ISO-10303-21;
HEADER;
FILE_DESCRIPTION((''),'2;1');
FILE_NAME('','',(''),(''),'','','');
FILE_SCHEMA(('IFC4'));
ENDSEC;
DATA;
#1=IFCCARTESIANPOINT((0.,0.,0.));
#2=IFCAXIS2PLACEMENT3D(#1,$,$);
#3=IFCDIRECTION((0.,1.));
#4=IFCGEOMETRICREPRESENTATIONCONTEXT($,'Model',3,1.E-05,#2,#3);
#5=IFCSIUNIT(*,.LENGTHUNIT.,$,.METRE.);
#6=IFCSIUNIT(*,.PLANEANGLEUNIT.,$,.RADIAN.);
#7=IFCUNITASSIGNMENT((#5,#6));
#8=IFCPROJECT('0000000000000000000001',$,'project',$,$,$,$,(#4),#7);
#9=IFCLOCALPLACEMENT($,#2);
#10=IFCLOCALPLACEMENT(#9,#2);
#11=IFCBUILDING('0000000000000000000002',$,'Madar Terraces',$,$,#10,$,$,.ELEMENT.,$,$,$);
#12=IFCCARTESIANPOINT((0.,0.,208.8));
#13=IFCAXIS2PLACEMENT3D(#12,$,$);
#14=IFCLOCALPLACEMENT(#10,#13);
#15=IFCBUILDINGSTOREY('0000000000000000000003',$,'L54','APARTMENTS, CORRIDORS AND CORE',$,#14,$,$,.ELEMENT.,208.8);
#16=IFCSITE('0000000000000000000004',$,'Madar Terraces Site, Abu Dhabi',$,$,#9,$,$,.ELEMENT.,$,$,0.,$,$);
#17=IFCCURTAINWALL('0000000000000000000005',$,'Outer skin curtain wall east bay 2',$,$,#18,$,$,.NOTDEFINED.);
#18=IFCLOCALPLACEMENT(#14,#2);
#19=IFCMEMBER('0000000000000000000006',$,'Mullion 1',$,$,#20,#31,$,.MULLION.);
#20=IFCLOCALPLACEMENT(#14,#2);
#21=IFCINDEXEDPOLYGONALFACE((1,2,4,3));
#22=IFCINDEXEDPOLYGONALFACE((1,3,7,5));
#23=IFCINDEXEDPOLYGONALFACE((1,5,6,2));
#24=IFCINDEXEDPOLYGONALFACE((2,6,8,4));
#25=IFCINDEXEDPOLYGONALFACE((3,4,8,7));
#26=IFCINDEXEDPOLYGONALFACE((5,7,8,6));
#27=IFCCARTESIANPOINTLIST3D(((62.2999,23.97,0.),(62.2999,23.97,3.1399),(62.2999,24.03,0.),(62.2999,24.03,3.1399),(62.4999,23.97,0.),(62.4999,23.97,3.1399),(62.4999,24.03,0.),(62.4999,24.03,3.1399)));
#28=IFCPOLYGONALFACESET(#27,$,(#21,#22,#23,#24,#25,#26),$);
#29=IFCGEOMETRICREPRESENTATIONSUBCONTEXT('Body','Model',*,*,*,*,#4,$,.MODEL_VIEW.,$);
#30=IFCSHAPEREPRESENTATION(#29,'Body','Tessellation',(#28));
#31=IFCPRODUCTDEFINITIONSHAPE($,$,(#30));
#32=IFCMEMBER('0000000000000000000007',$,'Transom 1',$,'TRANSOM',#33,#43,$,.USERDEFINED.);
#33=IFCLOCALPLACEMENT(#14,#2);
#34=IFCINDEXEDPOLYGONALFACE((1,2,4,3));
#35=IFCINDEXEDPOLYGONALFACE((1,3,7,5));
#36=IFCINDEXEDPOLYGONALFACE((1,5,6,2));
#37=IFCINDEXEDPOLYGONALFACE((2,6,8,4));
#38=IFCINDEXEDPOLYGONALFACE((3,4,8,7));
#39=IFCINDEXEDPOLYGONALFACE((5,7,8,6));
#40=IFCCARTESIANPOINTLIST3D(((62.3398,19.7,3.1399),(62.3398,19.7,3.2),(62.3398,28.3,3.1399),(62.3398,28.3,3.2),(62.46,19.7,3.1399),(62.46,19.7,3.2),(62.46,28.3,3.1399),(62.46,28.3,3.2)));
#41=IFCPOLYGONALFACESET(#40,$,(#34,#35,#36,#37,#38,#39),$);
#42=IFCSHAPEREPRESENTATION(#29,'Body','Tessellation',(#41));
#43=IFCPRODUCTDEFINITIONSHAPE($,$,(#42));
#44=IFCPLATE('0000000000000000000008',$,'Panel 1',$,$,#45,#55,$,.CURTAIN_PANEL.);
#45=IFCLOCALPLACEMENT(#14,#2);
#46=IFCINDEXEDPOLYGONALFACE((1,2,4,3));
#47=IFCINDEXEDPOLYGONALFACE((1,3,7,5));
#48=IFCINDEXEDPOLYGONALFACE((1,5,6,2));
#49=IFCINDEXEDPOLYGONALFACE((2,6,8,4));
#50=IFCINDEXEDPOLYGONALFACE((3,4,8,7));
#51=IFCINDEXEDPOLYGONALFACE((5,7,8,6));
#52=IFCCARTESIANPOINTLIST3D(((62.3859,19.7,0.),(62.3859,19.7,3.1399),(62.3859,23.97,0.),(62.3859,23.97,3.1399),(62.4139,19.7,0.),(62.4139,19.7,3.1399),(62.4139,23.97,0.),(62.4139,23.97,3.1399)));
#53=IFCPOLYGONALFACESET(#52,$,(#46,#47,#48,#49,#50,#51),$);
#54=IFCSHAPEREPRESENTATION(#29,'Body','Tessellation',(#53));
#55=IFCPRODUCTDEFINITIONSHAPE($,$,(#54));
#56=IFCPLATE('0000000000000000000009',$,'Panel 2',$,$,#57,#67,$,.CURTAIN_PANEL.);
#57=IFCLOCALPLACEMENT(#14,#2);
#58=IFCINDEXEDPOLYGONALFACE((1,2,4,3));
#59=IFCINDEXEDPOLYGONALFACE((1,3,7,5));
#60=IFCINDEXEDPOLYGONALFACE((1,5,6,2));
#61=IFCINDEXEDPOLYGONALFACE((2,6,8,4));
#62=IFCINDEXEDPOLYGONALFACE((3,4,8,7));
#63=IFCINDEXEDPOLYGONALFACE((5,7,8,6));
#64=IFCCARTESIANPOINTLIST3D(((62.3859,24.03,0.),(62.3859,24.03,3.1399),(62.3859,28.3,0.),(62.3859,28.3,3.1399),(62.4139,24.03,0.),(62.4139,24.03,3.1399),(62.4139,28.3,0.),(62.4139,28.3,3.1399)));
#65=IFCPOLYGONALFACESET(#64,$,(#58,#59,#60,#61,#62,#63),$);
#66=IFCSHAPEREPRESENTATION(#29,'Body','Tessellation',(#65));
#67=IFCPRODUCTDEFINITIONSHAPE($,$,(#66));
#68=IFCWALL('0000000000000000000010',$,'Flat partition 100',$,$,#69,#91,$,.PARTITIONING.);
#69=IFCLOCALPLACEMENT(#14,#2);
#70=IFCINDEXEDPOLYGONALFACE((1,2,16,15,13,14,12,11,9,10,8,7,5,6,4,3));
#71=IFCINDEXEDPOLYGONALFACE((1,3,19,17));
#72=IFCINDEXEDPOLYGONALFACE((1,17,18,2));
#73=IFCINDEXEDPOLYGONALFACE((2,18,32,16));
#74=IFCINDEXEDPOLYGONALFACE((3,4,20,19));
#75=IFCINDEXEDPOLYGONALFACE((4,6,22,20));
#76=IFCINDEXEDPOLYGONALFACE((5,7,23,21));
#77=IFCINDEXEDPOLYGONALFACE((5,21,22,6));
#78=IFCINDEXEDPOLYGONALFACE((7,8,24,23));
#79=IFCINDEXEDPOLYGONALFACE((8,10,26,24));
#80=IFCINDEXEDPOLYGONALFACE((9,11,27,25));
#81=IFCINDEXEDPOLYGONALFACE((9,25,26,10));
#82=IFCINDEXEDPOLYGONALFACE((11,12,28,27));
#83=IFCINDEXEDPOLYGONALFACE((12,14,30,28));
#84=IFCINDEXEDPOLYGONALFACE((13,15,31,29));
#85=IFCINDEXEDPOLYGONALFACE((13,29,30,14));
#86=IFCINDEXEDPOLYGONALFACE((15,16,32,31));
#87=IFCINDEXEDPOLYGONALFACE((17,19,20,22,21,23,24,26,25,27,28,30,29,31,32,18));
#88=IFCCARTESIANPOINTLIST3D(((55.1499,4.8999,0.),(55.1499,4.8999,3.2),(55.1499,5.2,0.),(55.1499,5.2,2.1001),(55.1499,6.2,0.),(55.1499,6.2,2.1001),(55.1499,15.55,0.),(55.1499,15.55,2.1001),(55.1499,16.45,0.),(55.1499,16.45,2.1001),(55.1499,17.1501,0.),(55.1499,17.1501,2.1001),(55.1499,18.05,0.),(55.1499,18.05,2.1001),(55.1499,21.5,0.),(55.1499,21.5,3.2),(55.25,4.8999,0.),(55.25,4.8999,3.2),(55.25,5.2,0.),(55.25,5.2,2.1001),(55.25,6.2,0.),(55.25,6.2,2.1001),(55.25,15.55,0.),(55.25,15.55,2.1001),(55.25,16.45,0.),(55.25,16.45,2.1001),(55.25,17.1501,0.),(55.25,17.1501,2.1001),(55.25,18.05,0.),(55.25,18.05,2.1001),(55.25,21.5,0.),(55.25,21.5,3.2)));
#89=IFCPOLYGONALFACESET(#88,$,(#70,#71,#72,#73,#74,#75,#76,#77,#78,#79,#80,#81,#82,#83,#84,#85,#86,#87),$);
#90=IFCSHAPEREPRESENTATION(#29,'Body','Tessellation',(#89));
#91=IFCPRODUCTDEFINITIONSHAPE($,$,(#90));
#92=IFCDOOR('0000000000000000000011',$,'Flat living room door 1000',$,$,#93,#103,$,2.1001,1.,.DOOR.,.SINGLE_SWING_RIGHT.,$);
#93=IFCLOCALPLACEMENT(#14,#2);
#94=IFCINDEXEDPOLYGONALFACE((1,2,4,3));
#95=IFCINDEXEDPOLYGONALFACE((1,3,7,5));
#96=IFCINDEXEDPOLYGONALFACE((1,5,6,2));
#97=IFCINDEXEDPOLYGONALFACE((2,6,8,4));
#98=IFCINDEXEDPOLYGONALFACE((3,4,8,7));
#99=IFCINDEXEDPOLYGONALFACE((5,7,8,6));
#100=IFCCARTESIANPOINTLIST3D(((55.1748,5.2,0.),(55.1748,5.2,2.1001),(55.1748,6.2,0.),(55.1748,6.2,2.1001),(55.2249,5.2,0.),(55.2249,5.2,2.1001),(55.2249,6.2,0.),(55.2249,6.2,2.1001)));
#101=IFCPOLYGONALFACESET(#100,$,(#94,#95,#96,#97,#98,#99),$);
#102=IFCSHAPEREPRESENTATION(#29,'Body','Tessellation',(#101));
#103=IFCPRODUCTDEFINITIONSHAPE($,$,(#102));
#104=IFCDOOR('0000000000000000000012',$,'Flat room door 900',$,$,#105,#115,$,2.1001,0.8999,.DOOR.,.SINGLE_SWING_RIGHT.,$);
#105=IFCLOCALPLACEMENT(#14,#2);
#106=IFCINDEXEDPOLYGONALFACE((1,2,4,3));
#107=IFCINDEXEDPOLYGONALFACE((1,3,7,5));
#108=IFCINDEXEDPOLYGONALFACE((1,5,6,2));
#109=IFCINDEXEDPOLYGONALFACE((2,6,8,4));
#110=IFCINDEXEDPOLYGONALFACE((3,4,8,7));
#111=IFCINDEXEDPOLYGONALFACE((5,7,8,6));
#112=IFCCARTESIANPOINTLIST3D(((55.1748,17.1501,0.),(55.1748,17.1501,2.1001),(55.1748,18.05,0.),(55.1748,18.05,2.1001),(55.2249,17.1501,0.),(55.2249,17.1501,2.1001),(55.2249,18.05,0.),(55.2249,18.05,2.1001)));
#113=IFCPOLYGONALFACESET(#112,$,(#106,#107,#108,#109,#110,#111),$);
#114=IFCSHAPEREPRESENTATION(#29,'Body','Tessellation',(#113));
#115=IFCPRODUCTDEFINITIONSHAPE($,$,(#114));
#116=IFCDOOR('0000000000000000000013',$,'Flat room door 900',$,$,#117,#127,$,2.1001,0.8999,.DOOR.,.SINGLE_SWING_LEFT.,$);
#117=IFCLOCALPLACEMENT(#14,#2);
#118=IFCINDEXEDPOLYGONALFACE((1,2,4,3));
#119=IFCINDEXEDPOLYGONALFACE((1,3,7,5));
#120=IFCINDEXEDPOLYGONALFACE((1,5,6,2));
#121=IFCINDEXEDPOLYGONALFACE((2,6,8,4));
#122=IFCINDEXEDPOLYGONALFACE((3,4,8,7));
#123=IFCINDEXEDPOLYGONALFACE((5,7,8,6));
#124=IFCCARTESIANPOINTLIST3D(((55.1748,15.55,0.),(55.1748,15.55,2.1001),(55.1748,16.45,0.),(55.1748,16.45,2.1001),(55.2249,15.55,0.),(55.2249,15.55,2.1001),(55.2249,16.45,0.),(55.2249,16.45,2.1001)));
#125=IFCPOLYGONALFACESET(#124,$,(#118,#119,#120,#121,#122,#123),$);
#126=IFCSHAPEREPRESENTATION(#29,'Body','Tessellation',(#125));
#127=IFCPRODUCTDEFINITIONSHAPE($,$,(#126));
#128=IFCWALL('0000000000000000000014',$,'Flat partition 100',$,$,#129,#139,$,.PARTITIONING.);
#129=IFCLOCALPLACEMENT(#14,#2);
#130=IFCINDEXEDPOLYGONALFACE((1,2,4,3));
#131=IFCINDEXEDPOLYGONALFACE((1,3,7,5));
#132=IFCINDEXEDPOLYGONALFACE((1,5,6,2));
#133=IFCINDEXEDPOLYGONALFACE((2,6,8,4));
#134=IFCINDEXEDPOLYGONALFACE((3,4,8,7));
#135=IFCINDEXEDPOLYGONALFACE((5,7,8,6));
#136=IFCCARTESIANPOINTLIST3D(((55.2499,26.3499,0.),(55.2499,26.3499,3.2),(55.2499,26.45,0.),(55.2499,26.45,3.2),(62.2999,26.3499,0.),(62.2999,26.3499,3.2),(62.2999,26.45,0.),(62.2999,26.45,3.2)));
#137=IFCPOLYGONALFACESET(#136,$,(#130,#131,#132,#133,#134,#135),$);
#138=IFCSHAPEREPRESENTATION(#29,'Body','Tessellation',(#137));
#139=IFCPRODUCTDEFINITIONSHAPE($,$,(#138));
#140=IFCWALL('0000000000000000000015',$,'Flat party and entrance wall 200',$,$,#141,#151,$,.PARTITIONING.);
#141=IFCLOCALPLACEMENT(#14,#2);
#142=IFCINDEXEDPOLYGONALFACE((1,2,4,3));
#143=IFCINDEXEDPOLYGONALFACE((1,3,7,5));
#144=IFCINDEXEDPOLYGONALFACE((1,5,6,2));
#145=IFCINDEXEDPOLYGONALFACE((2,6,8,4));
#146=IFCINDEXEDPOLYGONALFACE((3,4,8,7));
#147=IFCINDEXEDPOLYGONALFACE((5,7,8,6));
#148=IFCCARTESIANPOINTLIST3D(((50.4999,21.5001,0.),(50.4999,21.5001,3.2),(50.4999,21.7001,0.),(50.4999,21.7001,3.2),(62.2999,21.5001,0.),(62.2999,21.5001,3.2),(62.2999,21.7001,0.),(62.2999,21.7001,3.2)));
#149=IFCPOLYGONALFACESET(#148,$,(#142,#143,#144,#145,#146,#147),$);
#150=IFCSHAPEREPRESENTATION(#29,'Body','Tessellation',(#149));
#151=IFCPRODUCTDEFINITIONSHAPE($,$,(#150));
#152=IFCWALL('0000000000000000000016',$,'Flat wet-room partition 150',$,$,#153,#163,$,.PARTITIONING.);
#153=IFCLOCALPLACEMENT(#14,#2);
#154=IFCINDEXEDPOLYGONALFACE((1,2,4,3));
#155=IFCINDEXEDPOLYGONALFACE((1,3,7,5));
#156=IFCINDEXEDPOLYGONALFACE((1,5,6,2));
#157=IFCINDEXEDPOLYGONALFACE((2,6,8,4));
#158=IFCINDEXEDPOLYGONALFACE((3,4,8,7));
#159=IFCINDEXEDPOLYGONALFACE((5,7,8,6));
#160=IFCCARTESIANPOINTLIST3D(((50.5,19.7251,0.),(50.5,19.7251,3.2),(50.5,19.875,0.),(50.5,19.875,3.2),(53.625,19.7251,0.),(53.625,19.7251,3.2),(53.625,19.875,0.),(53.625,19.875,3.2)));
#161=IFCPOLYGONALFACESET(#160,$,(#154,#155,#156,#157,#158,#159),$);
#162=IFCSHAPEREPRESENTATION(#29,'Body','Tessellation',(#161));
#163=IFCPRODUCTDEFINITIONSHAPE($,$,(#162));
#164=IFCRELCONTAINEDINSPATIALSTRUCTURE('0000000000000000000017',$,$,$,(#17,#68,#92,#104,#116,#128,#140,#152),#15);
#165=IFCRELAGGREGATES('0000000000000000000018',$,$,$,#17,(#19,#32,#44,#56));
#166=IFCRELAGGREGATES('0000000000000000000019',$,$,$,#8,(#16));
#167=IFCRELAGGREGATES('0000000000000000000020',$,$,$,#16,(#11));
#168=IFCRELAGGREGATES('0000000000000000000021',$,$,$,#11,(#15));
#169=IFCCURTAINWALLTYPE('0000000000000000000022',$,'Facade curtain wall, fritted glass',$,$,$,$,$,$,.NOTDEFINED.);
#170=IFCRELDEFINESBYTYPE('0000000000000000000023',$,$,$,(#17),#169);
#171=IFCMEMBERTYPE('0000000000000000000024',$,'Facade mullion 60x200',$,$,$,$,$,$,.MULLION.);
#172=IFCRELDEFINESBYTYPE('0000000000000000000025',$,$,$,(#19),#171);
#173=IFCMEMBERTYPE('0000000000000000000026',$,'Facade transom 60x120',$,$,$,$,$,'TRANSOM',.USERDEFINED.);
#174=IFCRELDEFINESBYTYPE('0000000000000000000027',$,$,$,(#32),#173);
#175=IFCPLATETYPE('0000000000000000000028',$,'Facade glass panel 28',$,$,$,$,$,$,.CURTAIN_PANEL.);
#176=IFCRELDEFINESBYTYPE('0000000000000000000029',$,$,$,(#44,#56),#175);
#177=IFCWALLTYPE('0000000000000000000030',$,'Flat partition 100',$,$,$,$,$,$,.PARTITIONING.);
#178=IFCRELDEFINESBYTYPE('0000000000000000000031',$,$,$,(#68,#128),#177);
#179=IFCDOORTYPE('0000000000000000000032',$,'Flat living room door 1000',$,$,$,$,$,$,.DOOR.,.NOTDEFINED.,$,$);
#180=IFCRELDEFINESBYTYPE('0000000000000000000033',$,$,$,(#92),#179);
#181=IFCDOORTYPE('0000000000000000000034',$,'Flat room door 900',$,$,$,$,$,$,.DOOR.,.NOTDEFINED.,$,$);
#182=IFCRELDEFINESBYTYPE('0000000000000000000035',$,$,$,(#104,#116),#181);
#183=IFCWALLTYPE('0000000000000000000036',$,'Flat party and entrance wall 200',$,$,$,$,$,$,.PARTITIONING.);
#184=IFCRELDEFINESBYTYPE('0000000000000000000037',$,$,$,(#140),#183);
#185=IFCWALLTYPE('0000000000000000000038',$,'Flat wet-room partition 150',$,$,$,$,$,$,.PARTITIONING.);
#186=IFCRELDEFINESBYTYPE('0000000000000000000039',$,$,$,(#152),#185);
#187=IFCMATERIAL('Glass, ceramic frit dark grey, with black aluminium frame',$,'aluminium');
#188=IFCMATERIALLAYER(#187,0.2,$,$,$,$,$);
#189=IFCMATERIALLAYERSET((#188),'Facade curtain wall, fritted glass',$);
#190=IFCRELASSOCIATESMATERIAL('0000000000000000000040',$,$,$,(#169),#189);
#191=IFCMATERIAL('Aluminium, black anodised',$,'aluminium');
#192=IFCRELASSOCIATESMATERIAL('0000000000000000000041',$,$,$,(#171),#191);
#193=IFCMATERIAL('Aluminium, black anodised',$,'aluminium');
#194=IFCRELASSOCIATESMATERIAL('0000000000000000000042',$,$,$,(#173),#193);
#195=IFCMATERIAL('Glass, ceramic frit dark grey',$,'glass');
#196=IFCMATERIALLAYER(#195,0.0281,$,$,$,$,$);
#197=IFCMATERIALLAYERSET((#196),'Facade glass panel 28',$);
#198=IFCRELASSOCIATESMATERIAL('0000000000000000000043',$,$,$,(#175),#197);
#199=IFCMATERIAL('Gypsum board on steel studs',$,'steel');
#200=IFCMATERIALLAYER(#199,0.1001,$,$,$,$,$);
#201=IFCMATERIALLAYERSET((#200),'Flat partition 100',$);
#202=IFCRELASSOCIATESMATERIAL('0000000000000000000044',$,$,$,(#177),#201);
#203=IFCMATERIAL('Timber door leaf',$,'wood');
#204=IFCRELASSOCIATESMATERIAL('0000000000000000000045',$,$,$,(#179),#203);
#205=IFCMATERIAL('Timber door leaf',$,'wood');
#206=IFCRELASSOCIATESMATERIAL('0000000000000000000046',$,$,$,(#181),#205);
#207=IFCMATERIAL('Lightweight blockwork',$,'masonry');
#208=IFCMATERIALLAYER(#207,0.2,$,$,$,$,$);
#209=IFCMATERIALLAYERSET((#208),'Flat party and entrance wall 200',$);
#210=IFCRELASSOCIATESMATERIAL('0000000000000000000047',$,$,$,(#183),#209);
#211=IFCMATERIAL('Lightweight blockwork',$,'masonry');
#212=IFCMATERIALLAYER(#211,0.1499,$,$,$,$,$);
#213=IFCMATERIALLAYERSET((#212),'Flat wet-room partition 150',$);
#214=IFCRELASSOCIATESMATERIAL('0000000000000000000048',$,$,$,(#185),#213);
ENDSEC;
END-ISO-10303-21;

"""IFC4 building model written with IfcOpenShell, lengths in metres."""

from ifc_helpers import new_model, si_unit, direction, frame, frame_2d, origin, origin_2d, place, context, subcontext, project, spatial, rectangle, extrude, material, layer, layer_set, material_profile, profile_set, type_object, element, fill, aggregate, save


model = new_model("IFC4")

# Units and contexts
model_context = context("Model", 3, precision=1e-05, world=origin(), true_north=direction((0.0, 1.0)))
body_context = subcontext(model_context, "Body", "Model", "MODEL_VIEW")
ifc_project = project(units=[si_unit("LENGTHUNIT", "METRE"), si_unit("PLANEANGLEUNIT", "RADIAN")], contexts=[model_context])

# Site, building, storey
site_placement = place(None, origin())
site = spatial("IfcSite", under=ifc_project, at=site_placement, Name="Madar Terraces Site, Abu Dhabi", CompositionType="ELEMENT", RefElevation=0.0)
building_placement = place(site_placement, origin())
building = spatial("IfcBuilding", under=site, at=building_placement, Name="Madar Terraces", CompositionType="ELEMENT")
storey_placement = place(building_placement, frame((0.0, 0.0, 208.8)))
storey = spatial("IfcBuildingStorey", under=building, at=storey_placement, Name="L54", Description="APARTMENTS, CORRIDORS AND CORE", CompositionType="ELEMENT", Elevation=208.8)

# Curtain wall, members, plates
ifc_material_1 = material(Name="Glass, ceramic frit dark grey, with black aluminium frame", Category="aluminium")
ifc_layer_1 = layer(ifc_material_1, 0.2)
ifc_layer_set_1 = layer_set([ifc_layer_1], Name="Facade curtain wall, fritted glass")
curtain_wall_type = type_object("IfcCurtainWallType", Name="Facade curtain wall, fritted glass", PredefinedType="NOTDEFINED", material=ifc_layer_set_1)
curtain_wall_placement = place(storey_placement, origin())
curtain_wall = element("IfcCurtainWall", 1, at=curtain_wall_placement, inside=storey, type_object=curtain_wall_type, Name="Outer skin curtain wall east bay 2", PredefinedType="NOTDEFINED")
ifc_material_2 = material(Name="Aluminium, black anodised", Category="aluminium")
ifc_material_profile_1 = material_profile(ifc_material_2, rectangle(XDim=0.2, YDim=0.0601, at=origin_2d()), Name="Facade mullion 60x200")
ifc_profile_set_1 = profile_set([ifc_material_profile_1], Name="Aluminium, black anodised")
member_type_1 = type_object("IfcMemberType", Name="Facade mullion 60x200", PredefinedType="MULLION", material=ifc_profile_set_1)
member_1_placement = place(storey_placement, frame((62.3999, 24.0, 0.0), z_axis=(0.0, 0.0, 1.0), x_axis=(-1.0, 0.0, 0.0)))
member_1 = element("IfcMember", 2, at=member_1_placement, type_object=member_type_1, Name="Mullion 1", PredefinedType="MULLION", context=body_context, shape_type="SweptSolid", body=[
    extrude(rectangle(XDim=0.2, YDim=0.0601, at=origin_2d()), origin(), (0.0, 0.0, 1.0), 3.1399),
])
ifc_material_3 = material(Name="Aluminium, black anodised", Category="aluminium")
ifc_material_profile_2 = material_profile(ifc_material_3, rectangle(XDim=0.1201, YDim=0.0601, at=origin_2d()), Name="Facade transom 60x120")
ifc_profile_set_2 = profile_set([ifc_material_profile_2], Name="Aluminium, black anodised")
member_type_2 = type_object("IfcMemberType", Name="Facade transom 60x120", ElementType="TRANSOM", PredefinedType="USERDEFINED", material=ifc_profile_set_2)
member_2_placement = place(storey_placement, frame((62.3999, 19.7, 3.1699), z_axis=(0.0, 1.0, 0.0), x_axis=(-1.0, 0.0, 0.0)))
member_2 = element("IfcMember", 3, at=member_2_placement, type_object=member_type_2, Name="Transom 1", ObjectType="TRANSOM", PredefinedType="USERDEFINED", context=body_context, shape_type="SweptSolid", body=[
    extrude(rectangle(XDim=0.1201, YDim=0.0601, at=origin_2d()), origin(), (0.0, 0.0, 1.0), 8.6001),
])
ifc_material_4 = material(Name="Glass, ceramic frit dark grey", Category="glass")
ifc_layer_2 = layer(ifc_material_4, 0.0281)
ifc_layer_set_2 = layer_set([ifc_layer_2], Name="Facade glass panel 28")
plate_type = type_object("IfcPlateType", Name="Facade glass panel 28", PredefinedType="CURTAIN_PANEL", material=ifc_layer_set_2)
plate_1_placement = place(storey_placement, frame((62.3999, 21.835, 0.0), z_axis=(0.0, 0.0, 1.0), x_axis=(0.0, 1.0, 0.0)))
plate_1 = element("IfcPlate", 4, at=plate_1_placement, type_object=plate_type, Name="Panel 1", PredefinedType="CURTAIN_PANEL", context=body_context, shape_type="SweptSolid", body=[
    extrude(rectangle(XDim=4.27, YDim=0.0281, at=origin_2d()), origin(), (0.0, 0.0, 1.0), 3.1399),
])
plate_2_placement = place(storey_placement, frame((62.3999, 26.165, 0.0), z_axis=(0.0, 0.0, 1.0), x_axis=(0.0, 1.0, 0.0)))
plate_2 = element("IfcPlate", 5, at=plate_2_placement, type_object=plate_type, Name="Panel 2", PredefinedType="CURTAIN_PANEL", context=body_context, shape_type="SweptSolid", body=[
    extrude(rectangle(XDim=4.27, YDim=0.0281, at=origin_2d()), origin(), (0.0, 0.0, 1.0), 3.1399),
])
aggregate(curtain_wall, [member_1, member_2, plate_1, plate_2])

# Wall, openings, doors
ifc_material_5 = material(Name="Gypsum board on steel studs", Category="steel")
ifc_layer_3 = layer(ifc_material_5, 0.1001)
ifc_layer_set_3 = layer_set([ifc_layer_3], Name="Flat partition 100")
wall_type_1 = type_object("IfcWallType", Name="Flat partition 100", PredefinedType="PARTITIONING", material=ifc_layer_set_3)
wall_1_placement = place(storey_placement, frame((55.2, 21.5, 0.0), z_axis=(0.0, 0.0, 1.0), x_axis=(0.0, -1.0, 0.0)))
wall_1 = element("IfcWall", 6, at=wall_1_placement, inside=storey, type_object=wall_type_1, Name="Flat partition 100", PredefinedType="PARTITIONING", context=body_context, shape_type="SweptSolid", body=[
    extrude(rectangle(XDim=16.6001, YDim=0.1001, at=frame_2d((8.3, 0.0))), origin(), (0.0, 0.0, 1.0), 3.2),
])
opening_1_placement = place(wall_1_placement, frame((3.45, 0.0, 0.0)))
opening_1 = element("IfcOpeningElement", 7, at=opening_1_placement, cuts=wall_1, PredefinedType="OPENING", context=body_context, shape_type="SweptSolid", body=[
    extrude(rectangle(XDim=0.8999, YDim=2.1001, at=frame_2d((0.45, 1.05))), frame((0.0, 0.0601, 0.0), z_axis=(0.0, -1.0, 0.0), x_axis=(1.0, 0.0, 0.0)), (0.0, 0.0, 1.0), 0.1201),
])
opening_2_placement = place(wall_1_placement, frame((5.05, 0.0, 0.0)))
opening_2 = element("IfcOpeningElement", 8, at=opening_2_placement, cuts=wall_1, PredefinedType="OPENING", context=body_context, shape_type="SweptSolid", body=[
    extrude(rectangle(XDim=0.8999, YDim=2.1001, at=frame_2d((0.45, 1.05))), frame((0.0, 0.0601, 0.0), z_axis=(0.0, -1.0, 0.0), x_axis=(1.0, 0.0, 0.0)), (0.0, 0.0, 1.0), 0.1201),
])
opening_3_placement = place(wall_1_placement, frame((15.3, 0.0, 0.0)))
opening_3 = element("IfcOpeningElement", 9, at=opening_3_placement, cuts=wall_1, PredefinedType="OPENING", context=body_context, shape_type="SweptSolid", body=[
    extrude(rectangle(XDim=1.0, YDim=2.1001, at=frame_2d((0.5, 1.05))), frame((0.0, 0.0601, 0.0), z_axis=(0.0, -1.0, 0.0), x_axis=(1.0, 0.0, 0.0)), (0.0, 0.0, 1.0), 0.1201),
])
ifc_material_6 = material(Name="Timber door leaf", Category="wood")
door_type_1 = type_object("IfcDoorType", Name="Flat living room door 1000", OperationType="NOTDEFINED", PredefinedType="DOOR", material=ifc_material_6)
door_1_placement = place(opening_3_placement, origin())
door_1 = element("IfcDoor", 10, at=door_1_placement, inside=storey, type_object=door_type_1, Name="Flat living room door 1000", OperationType="SINGLE_SWING_RIGHT", OverallHeight=2.1001, OverallWidth=1.0, PredefinedType="DOOR", context=body_context, shape_type="SweptSolid", body=[
    extrude(rectangle(XDim=1.0, YDim=2.1001, at=frame_2d((0.5, 1.05))), frame((0.0, 0.0249, 0.0), z_axis=(0.0, -1.0, 0.0), x_axis=(1.0, 0.0, 0.0)), (0.0, 0.0, 1.0), 0.05),
])
fill(opening_3, door_1)
ifc_material_7 = material(Name="Timber door leaf", Category="wood")
door_type_2 = type_object("IfcDoorType", Name="Flat room door 900", OperationType="NOTDEFINED", PredefinedType="DOOR", material=ifc_material_7)
door_2_placement = place(opening_1_placement, origin())
door_2 = element("IfcDoor", 11, at=door_2_placement, inside=storey, type_object=door_type_2, Name="Flat room door 900", OperationType="SINGLE_SWING_RIGHT", OverallHeight=2.1001, OverallWidth=0.8999, PredefinedType="DOOR", context=body_context, shape_type="SweptSolid", body=[
    extrude(rectangle(XDim=0.8999, YDim=2.1001, at=frame_2d((0.45, 1.05))), frame((0.0, 0.0249, 0.0), z_axis=(0.0, -1.0, 0.0), x_axis=(1.0, 0.0, 0.0)), (0.0, 0.0, 1.0), 0.05),
])
fill(opening_1, door_2)
door_3_placement = place(opening_2_placement, origin())
door_3 = element("IfcDoor", 12, at=door_3_placement, inside=storey, type_object=door_type_2, Name="Flat room door 900", OperationType="SINGLE_SWING_LEFT", OverallHeight=2.1001, OverallWidth=0.8999, PredefinedType="DOOR", context=body_context, shape_type="SweptSolid", body=[
    extrude(rectangle(XDim=0.8999, YDim=2.1001, at=frame_2d((0.45, 1.05))), frame((0.0, 0.0249, 0.0), z_axis=(0.0, -1.0, 0.0), x_axis=(1.0, 0.0, 0.0)), (0.0, 0.0, 1.0), 0.05),
])
fill(opening_2, door_3)

# Walls
wall_2_placement = place(storey_placement, frame((55.25, 26.3999, 0.0), z_axis=(0.0, 0.0, 1.0), x_axis=(1.0, 0.0, 0.0)))
element("IfcWall", 13, at=wall_2_placement, inside=storey, type_object=wall_type_1, Name="Flat partition 100", PredefinedType="PARTITIONING", context=body_context, shape_type="SweptSolid", body=[
    extrude(rectangle(XDim=7.05, YDim=0.1001, at=frame_2d((3.5249, 0.0))), origin(), (0.0, 0.0, 1.0), 3.2),
])
ifc_material_8 = material(Name="Lightweight blockwork", Category="masonry")
ifc_layer_4 = layer(ifc_material_8, 0.2)
ifc_layer_set_4 = layer_set([ifc_layer_4], Name="Flat party and entrance wall 200")
wall_type_2 = type_object("IfcWallType", Name="Flat party and entrance wall 200", PredefinedType="PARTITIONING", material=ifc_layer_set_4)
wall_3_placement = place(storey_placement, frame((50.5, 21.6001, 0.0), z_axis=(0.0, 0.0, 1.0), x_axis=(1.0, 0.0, 0.0)))
element("IfcWall", 14, at=wall_3_placement, inside=storey, type_object=wall_type_2, Name="Flat party and entrance wall 200", PredefinedType="PARTITIONING", context=body_context, shape_type="SweptSolid", body=[
    extrude(rectangle(XDim=11.8, YDim=0.2, at=frame_2d((5.8999, 0.0))), origin(), (0.0, 0.0, 1.0), 3.2),
])
ifc_material_9 = material(Name="Lightweight blockwork", Category="masonry")
ifc_layer_5 = layer(ifc_material_9, 0.1499)
ifc_layer_set_5 = layer_set([ifc_layer_5], Name="Flat wet-room partition 150")
wall_type_3 = type_object("IfcWallType", Name="Flat wet-room partition 150", PredefinedType="PARTITIONING", material=ifc_layer_set_5)
wall_4_placement = place(storey_placement, frame((50.5, 19.8, 0.0), z_axis=(0.0, 0.0, 1.0), x_axis=(1.0, 0.0, 0.0)))
element("IfcWall", 15, at=wall_4_placement, inside=storey, type_object=wall_type_3, Name="Flat wet-room partition 150", PredefinedType="PARTITIONING", context=body_context, shape_type="SweptSolid", body=[
    extrude(rectangle(XDim=3.125, YDim=0.1499, at=frame_2d((1.5625, 0.0))), origin(), (0.0, 0.0, 1.0), 3.2),
])

save(model, "model.ifc")
